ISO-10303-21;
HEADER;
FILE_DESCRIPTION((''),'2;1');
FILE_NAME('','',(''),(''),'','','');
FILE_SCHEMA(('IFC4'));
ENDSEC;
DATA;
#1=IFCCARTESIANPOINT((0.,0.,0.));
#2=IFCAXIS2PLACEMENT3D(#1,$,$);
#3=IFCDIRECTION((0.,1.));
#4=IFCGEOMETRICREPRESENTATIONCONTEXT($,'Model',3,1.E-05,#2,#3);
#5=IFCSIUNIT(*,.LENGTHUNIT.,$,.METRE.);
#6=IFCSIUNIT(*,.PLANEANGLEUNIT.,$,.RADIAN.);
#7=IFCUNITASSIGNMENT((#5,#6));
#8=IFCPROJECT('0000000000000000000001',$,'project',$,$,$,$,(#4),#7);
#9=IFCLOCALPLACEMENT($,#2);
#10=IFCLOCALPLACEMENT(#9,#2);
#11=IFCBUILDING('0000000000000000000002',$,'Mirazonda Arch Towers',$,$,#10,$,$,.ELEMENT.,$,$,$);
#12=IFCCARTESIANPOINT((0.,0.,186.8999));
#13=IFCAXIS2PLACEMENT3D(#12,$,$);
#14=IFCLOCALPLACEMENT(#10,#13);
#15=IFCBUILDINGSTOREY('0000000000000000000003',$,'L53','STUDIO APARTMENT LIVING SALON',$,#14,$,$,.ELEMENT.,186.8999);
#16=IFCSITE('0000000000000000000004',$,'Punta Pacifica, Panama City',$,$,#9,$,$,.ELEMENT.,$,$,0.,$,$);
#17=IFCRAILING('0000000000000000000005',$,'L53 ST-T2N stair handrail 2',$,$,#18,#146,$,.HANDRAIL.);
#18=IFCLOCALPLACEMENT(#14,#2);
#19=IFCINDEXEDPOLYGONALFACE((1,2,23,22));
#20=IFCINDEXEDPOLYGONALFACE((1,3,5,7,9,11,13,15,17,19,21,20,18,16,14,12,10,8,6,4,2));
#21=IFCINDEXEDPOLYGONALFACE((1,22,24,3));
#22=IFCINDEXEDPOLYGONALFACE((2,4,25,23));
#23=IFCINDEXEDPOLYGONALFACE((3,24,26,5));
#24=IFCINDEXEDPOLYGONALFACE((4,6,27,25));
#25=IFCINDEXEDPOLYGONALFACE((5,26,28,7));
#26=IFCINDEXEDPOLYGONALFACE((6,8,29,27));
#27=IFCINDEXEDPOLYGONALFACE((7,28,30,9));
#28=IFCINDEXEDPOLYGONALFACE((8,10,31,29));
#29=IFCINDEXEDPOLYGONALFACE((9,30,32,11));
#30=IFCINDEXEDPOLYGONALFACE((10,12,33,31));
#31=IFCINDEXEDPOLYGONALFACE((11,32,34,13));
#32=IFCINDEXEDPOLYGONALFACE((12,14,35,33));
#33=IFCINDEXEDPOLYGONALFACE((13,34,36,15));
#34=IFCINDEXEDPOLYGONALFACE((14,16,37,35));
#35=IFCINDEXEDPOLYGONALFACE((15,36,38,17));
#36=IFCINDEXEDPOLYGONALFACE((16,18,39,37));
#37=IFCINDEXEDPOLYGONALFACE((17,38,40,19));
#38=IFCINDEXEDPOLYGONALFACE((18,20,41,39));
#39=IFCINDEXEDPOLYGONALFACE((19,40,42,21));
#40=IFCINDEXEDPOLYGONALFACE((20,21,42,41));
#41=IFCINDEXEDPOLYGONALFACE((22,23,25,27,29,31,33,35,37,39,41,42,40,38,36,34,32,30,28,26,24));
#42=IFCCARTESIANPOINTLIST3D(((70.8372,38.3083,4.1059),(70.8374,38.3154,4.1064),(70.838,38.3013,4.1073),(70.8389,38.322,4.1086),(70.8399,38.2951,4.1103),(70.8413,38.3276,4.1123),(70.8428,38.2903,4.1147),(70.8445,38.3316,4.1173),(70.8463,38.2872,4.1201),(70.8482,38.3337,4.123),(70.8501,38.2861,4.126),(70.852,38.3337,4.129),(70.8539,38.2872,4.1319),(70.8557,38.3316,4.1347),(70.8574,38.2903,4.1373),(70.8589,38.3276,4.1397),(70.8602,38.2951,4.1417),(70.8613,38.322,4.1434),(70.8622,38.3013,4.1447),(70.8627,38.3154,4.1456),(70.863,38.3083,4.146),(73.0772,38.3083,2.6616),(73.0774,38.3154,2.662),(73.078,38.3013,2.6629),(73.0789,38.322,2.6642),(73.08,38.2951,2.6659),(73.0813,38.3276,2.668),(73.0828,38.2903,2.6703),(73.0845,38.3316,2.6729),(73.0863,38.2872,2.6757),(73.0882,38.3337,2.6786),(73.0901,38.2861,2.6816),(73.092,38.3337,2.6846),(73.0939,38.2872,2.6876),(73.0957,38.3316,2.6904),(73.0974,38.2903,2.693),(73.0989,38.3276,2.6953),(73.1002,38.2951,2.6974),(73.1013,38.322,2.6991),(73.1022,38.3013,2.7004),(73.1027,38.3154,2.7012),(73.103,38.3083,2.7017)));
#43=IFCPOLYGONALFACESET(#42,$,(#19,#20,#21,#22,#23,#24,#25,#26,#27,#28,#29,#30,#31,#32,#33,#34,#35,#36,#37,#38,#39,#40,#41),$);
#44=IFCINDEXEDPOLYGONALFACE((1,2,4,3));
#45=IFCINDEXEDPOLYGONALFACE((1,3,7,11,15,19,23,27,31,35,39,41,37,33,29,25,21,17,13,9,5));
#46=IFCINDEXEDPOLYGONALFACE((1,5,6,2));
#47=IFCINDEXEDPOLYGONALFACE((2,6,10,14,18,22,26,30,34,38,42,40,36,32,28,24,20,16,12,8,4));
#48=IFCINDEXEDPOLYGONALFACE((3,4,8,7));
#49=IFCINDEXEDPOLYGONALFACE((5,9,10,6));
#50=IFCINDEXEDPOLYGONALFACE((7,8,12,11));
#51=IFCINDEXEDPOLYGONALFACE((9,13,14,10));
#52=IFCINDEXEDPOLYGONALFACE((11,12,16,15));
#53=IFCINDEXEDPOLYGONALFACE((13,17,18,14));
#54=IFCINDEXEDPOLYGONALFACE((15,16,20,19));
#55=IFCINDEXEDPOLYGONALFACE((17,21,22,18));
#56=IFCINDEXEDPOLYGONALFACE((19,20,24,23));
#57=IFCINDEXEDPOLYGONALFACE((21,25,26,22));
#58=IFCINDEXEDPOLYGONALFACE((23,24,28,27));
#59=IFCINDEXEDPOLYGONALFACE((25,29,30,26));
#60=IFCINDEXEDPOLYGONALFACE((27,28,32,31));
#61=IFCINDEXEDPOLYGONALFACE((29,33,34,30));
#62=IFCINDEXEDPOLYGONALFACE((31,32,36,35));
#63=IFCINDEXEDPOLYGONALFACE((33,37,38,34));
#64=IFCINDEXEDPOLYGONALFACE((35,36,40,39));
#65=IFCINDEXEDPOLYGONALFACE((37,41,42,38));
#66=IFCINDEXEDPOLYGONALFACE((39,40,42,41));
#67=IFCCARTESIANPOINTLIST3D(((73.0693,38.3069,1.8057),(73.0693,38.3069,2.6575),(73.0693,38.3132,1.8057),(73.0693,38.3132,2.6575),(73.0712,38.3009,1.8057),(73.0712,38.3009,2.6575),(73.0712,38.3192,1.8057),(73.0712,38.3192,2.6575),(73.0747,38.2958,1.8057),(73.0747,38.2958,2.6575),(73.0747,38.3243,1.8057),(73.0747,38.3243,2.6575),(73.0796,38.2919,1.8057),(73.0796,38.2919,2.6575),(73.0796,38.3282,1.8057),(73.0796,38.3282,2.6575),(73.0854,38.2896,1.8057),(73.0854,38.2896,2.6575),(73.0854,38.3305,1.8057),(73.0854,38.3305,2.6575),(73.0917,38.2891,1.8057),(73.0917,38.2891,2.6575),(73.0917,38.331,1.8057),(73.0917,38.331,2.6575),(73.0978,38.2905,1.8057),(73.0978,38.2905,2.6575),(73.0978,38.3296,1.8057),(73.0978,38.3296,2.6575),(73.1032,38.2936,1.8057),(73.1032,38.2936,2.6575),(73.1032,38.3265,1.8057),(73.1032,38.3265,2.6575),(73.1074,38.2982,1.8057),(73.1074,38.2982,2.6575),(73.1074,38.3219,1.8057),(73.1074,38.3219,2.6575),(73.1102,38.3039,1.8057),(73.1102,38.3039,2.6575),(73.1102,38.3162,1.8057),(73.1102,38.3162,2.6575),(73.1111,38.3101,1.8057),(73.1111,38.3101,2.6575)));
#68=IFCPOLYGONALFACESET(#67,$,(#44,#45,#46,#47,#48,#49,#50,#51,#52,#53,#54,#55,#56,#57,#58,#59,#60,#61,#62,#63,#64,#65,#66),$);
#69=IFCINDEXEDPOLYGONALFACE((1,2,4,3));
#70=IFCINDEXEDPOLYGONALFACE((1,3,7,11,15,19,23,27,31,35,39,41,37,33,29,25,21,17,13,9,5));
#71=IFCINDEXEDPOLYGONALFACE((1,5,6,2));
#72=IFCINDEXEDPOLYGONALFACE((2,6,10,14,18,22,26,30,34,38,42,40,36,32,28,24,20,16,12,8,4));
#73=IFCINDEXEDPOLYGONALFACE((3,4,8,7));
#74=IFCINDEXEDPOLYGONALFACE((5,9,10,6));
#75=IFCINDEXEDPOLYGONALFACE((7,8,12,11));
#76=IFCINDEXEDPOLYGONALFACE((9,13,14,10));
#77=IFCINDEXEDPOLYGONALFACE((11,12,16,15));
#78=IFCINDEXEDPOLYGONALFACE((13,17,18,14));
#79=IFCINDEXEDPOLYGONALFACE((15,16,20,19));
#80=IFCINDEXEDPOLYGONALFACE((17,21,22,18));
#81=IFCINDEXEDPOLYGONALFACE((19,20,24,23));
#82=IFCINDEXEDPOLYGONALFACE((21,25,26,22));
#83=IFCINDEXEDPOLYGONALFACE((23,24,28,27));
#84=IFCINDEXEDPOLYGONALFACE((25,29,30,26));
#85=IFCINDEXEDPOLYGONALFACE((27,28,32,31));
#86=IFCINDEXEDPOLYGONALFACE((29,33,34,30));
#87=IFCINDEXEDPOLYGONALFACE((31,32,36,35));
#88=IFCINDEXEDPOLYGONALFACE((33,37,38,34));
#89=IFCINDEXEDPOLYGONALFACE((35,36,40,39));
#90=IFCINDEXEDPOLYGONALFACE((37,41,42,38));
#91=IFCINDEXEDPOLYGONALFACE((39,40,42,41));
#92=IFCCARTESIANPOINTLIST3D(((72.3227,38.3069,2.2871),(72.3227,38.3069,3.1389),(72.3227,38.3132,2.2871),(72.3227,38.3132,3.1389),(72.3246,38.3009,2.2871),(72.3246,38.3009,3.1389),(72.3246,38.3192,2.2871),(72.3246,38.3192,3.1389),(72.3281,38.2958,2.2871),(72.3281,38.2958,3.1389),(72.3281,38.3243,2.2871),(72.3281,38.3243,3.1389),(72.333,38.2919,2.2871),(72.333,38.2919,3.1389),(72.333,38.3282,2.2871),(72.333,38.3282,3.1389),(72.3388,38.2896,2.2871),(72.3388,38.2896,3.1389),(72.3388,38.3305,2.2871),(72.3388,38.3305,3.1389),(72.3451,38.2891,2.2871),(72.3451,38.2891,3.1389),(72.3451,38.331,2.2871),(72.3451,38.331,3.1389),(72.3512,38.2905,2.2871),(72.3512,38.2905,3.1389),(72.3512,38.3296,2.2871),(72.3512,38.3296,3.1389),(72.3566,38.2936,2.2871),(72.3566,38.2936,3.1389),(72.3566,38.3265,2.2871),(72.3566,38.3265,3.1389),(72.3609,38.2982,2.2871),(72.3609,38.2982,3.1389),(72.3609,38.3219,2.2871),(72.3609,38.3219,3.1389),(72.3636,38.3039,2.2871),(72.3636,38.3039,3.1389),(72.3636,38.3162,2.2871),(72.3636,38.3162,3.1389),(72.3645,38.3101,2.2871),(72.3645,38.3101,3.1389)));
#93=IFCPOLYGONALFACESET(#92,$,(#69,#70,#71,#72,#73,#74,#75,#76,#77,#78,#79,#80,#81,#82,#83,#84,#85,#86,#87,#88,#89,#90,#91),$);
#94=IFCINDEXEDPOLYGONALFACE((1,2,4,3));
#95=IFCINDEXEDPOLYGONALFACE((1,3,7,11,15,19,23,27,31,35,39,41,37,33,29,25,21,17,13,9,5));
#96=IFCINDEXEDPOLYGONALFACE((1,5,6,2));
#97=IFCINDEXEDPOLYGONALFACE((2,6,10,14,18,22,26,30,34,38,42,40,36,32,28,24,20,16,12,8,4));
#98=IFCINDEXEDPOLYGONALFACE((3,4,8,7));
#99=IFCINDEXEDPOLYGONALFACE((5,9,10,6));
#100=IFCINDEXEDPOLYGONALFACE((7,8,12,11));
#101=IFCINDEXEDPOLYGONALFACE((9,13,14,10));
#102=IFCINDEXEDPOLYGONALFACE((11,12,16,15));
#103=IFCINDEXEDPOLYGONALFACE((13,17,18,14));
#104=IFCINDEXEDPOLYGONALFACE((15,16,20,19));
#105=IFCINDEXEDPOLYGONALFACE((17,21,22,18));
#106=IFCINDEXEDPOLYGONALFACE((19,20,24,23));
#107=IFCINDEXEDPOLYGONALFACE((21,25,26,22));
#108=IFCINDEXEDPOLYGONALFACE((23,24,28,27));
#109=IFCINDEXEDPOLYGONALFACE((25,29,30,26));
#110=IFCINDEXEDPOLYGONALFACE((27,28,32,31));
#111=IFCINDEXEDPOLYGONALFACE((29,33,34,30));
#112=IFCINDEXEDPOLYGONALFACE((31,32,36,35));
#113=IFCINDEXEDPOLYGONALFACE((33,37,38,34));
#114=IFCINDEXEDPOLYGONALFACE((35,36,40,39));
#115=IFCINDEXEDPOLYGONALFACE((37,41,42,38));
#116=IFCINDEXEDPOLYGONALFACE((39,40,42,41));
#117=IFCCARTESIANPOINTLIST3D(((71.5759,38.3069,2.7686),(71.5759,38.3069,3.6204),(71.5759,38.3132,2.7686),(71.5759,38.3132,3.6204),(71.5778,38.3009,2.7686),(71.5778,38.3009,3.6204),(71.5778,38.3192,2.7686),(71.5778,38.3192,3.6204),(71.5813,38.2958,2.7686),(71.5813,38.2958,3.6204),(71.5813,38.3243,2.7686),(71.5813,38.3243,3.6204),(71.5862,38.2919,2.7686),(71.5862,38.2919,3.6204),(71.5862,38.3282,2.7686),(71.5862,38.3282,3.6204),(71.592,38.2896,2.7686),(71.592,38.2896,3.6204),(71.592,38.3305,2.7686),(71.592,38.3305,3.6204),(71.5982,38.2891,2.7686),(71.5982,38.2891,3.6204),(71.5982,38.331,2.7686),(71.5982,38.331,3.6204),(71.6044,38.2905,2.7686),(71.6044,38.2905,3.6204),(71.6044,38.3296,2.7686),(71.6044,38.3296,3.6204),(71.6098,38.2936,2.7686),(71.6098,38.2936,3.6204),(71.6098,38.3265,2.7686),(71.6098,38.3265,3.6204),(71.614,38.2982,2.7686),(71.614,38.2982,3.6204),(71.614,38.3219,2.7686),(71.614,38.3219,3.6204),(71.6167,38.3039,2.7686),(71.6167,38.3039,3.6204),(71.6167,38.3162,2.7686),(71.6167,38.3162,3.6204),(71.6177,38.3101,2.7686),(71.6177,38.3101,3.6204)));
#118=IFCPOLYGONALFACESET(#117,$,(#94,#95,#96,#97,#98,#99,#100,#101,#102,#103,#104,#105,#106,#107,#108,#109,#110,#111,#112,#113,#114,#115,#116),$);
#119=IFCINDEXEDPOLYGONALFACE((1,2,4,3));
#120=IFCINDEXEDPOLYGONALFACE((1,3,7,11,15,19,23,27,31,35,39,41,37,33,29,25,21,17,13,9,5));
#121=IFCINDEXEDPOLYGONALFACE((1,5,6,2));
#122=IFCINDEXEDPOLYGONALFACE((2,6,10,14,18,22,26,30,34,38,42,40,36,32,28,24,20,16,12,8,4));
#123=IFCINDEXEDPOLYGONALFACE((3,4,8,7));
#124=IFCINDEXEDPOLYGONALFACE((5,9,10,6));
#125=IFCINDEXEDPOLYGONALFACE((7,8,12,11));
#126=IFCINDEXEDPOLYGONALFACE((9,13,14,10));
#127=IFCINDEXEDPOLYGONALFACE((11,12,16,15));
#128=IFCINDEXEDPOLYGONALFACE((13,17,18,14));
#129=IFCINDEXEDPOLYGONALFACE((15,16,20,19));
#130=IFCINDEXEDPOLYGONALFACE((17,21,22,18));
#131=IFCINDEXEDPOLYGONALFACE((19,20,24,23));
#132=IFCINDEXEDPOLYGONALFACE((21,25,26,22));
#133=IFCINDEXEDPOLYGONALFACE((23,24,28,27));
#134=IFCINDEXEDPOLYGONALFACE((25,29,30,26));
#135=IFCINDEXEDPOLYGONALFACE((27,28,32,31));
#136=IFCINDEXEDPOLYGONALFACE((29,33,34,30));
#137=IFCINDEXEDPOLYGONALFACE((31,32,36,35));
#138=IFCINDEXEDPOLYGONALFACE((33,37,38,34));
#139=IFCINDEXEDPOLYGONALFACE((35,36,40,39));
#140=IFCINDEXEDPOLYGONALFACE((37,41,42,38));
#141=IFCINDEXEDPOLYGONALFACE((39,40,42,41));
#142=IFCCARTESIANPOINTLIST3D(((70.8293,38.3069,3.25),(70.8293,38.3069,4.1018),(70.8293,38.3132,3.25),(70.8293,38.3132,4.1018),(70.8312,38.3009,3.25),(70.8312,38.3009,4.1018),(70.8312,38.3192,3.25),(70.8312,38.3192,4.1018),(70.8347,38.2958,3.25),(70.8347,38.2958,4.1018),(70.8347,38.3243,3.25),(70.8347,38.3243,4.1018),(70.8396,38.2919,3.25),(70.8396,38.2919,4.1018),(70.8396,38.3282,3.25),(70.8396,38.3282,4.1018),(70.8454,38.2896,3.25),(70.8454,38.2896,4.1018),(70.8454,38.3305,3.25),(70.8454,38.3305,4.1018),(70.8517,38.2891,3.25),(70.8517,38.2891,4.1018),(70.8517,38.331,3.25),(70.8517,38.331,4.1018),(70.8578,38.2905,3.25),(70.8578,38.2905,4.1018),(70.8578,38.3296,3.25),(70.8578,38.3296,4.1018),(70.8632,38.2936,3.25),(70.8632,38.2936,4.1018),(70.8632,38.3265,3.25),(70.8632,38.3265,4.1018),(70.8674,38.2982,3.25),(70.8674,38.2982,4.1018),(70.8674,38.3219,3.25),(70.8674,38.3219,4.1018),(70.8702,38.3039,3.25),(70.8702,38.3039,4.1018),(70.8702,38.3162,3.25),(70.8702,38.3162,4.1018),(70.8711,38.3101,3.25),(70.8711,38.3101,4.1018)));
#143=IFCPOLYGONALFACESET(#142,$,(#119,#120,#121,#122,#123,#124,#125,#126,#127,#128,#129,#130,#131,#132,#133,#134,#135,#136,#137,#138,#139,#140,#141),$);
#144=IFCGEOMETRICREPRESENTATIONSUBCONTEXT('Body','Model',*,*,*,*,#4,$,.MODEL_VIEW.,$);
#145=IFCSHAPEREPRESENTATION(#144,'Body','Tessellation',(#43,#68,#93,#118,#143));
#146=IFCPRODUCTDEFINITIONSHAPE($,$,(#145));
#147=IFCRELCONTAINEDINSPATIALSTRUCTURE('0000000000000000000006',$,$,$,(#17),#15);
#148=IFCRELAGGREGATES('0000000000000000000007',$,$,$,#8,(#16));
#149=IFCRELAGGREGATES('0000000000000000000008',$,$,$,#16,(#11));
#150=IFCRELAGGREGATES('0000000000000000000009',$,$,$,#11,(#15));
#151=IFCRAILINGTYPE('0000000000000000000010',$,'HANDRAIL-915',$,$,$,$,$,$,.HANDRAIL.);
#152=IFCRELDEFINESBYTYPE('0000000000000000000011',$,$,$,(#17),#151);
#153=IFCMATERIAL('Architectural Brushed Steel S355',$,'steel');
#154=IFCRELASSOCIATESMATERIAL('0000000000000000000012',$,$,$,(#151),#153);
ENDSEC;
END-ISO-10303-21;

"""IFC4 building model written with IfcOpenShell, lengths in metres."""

from ifc_helpers import new_model, si_unit, direction, frame, origin, origin_2d, place, context, subcontext, project, spatial, circle, extrude, material, type_object, element, save


model = new_model("IFC4")

# Units and contexts
model_context = context("Model", 3, precision=1e-05, world=origin(), true_north=direction((0.0, 1.0)))
body_context = subcontext(model_context, "Body", "Model", "MODEL_VIEW")
ifc_project = project(units=[si_unit("LENGTHUNIT", "METRE"), si_unit("PLANEANGLEUNIT", "RADIAN")], contexts=[model_context])

# Site, building, storey
site_placement = place(None, origin())
site = spatial("IfcSite", under=ifc_project, at=site_placement, Name="Punta Pacifica, Panama City", CompositionType="ELEMENT", RefElevation=0.0)
building_placement = place(site_placement, origin())
building = spatial("IfcBuilding", under=site, at=building_placement, Name="Mirazonda Arch Towers", CompositionType="ELEMENT")
storey_placement = place(building_placement, frame((0.0, 0.0, 186.8999)))
storey = spatial("IfcBuildingStorey", under=building, at=storey_placement, Name="L53", Description="STUDIO APARTMENT LIVING SALON", CompositionType="ELEMENT", Elevation=186.8999)

# Shared definitions
ifc_material_1 = material(Name="Architectural Brushed Steel S355", Category="steel")

# Railing
railing_type_1 = type_object("IfcRailingType", Name="HANDRAIL-915", PredefinedType="HANDRAIL", material=ifc_material_1)
railing_1_placement = place(storey_placement, frame((73.0901, 38.3101, 1.8057)))
element("IfcRailing", 1, at=railing_1_placement, inside=storey, type_object=railing_type_1, Name="L53 ST-T2N stair handrail 2", PredefinedType="HANDRAIL", context=body_context, shape_type="SweptSolid", body=[
    extrude(circle(Radius=0.0239, at=origin_2d()), frame((0.0, 0.0, 0.876), z_axis=(-0.840437, 0.0, 0.54191), x_axis=(0.0, -1.0, 0.0)), (0.0, 0.0, 1.0), 2.6653),
    extrude(circle(Radius=0.021, at=origin_2d()), origin(), (0.0, 0.0, 1.0), 0.8518),
    extrude(circle(Radius=0.021, at=origin_2d()), frame((-0.7466, 0.0, 0.4814)), (0.0, 0.0, 1.0), 0.8518),
    extrude(circle(Radius=0.021, at=origin_2d()), frame((-1.4934, 0.0, 0.9629)), (0.0, 0.0, 1.0), 0.8518),
    extrude(circle(Radius=0.021, at=origin_2d()), frame((-2.24, 0.0, 1.4443)), (0.0, 0.0, 1.0), 0.8518),
])

save(model, "model.ifc")
